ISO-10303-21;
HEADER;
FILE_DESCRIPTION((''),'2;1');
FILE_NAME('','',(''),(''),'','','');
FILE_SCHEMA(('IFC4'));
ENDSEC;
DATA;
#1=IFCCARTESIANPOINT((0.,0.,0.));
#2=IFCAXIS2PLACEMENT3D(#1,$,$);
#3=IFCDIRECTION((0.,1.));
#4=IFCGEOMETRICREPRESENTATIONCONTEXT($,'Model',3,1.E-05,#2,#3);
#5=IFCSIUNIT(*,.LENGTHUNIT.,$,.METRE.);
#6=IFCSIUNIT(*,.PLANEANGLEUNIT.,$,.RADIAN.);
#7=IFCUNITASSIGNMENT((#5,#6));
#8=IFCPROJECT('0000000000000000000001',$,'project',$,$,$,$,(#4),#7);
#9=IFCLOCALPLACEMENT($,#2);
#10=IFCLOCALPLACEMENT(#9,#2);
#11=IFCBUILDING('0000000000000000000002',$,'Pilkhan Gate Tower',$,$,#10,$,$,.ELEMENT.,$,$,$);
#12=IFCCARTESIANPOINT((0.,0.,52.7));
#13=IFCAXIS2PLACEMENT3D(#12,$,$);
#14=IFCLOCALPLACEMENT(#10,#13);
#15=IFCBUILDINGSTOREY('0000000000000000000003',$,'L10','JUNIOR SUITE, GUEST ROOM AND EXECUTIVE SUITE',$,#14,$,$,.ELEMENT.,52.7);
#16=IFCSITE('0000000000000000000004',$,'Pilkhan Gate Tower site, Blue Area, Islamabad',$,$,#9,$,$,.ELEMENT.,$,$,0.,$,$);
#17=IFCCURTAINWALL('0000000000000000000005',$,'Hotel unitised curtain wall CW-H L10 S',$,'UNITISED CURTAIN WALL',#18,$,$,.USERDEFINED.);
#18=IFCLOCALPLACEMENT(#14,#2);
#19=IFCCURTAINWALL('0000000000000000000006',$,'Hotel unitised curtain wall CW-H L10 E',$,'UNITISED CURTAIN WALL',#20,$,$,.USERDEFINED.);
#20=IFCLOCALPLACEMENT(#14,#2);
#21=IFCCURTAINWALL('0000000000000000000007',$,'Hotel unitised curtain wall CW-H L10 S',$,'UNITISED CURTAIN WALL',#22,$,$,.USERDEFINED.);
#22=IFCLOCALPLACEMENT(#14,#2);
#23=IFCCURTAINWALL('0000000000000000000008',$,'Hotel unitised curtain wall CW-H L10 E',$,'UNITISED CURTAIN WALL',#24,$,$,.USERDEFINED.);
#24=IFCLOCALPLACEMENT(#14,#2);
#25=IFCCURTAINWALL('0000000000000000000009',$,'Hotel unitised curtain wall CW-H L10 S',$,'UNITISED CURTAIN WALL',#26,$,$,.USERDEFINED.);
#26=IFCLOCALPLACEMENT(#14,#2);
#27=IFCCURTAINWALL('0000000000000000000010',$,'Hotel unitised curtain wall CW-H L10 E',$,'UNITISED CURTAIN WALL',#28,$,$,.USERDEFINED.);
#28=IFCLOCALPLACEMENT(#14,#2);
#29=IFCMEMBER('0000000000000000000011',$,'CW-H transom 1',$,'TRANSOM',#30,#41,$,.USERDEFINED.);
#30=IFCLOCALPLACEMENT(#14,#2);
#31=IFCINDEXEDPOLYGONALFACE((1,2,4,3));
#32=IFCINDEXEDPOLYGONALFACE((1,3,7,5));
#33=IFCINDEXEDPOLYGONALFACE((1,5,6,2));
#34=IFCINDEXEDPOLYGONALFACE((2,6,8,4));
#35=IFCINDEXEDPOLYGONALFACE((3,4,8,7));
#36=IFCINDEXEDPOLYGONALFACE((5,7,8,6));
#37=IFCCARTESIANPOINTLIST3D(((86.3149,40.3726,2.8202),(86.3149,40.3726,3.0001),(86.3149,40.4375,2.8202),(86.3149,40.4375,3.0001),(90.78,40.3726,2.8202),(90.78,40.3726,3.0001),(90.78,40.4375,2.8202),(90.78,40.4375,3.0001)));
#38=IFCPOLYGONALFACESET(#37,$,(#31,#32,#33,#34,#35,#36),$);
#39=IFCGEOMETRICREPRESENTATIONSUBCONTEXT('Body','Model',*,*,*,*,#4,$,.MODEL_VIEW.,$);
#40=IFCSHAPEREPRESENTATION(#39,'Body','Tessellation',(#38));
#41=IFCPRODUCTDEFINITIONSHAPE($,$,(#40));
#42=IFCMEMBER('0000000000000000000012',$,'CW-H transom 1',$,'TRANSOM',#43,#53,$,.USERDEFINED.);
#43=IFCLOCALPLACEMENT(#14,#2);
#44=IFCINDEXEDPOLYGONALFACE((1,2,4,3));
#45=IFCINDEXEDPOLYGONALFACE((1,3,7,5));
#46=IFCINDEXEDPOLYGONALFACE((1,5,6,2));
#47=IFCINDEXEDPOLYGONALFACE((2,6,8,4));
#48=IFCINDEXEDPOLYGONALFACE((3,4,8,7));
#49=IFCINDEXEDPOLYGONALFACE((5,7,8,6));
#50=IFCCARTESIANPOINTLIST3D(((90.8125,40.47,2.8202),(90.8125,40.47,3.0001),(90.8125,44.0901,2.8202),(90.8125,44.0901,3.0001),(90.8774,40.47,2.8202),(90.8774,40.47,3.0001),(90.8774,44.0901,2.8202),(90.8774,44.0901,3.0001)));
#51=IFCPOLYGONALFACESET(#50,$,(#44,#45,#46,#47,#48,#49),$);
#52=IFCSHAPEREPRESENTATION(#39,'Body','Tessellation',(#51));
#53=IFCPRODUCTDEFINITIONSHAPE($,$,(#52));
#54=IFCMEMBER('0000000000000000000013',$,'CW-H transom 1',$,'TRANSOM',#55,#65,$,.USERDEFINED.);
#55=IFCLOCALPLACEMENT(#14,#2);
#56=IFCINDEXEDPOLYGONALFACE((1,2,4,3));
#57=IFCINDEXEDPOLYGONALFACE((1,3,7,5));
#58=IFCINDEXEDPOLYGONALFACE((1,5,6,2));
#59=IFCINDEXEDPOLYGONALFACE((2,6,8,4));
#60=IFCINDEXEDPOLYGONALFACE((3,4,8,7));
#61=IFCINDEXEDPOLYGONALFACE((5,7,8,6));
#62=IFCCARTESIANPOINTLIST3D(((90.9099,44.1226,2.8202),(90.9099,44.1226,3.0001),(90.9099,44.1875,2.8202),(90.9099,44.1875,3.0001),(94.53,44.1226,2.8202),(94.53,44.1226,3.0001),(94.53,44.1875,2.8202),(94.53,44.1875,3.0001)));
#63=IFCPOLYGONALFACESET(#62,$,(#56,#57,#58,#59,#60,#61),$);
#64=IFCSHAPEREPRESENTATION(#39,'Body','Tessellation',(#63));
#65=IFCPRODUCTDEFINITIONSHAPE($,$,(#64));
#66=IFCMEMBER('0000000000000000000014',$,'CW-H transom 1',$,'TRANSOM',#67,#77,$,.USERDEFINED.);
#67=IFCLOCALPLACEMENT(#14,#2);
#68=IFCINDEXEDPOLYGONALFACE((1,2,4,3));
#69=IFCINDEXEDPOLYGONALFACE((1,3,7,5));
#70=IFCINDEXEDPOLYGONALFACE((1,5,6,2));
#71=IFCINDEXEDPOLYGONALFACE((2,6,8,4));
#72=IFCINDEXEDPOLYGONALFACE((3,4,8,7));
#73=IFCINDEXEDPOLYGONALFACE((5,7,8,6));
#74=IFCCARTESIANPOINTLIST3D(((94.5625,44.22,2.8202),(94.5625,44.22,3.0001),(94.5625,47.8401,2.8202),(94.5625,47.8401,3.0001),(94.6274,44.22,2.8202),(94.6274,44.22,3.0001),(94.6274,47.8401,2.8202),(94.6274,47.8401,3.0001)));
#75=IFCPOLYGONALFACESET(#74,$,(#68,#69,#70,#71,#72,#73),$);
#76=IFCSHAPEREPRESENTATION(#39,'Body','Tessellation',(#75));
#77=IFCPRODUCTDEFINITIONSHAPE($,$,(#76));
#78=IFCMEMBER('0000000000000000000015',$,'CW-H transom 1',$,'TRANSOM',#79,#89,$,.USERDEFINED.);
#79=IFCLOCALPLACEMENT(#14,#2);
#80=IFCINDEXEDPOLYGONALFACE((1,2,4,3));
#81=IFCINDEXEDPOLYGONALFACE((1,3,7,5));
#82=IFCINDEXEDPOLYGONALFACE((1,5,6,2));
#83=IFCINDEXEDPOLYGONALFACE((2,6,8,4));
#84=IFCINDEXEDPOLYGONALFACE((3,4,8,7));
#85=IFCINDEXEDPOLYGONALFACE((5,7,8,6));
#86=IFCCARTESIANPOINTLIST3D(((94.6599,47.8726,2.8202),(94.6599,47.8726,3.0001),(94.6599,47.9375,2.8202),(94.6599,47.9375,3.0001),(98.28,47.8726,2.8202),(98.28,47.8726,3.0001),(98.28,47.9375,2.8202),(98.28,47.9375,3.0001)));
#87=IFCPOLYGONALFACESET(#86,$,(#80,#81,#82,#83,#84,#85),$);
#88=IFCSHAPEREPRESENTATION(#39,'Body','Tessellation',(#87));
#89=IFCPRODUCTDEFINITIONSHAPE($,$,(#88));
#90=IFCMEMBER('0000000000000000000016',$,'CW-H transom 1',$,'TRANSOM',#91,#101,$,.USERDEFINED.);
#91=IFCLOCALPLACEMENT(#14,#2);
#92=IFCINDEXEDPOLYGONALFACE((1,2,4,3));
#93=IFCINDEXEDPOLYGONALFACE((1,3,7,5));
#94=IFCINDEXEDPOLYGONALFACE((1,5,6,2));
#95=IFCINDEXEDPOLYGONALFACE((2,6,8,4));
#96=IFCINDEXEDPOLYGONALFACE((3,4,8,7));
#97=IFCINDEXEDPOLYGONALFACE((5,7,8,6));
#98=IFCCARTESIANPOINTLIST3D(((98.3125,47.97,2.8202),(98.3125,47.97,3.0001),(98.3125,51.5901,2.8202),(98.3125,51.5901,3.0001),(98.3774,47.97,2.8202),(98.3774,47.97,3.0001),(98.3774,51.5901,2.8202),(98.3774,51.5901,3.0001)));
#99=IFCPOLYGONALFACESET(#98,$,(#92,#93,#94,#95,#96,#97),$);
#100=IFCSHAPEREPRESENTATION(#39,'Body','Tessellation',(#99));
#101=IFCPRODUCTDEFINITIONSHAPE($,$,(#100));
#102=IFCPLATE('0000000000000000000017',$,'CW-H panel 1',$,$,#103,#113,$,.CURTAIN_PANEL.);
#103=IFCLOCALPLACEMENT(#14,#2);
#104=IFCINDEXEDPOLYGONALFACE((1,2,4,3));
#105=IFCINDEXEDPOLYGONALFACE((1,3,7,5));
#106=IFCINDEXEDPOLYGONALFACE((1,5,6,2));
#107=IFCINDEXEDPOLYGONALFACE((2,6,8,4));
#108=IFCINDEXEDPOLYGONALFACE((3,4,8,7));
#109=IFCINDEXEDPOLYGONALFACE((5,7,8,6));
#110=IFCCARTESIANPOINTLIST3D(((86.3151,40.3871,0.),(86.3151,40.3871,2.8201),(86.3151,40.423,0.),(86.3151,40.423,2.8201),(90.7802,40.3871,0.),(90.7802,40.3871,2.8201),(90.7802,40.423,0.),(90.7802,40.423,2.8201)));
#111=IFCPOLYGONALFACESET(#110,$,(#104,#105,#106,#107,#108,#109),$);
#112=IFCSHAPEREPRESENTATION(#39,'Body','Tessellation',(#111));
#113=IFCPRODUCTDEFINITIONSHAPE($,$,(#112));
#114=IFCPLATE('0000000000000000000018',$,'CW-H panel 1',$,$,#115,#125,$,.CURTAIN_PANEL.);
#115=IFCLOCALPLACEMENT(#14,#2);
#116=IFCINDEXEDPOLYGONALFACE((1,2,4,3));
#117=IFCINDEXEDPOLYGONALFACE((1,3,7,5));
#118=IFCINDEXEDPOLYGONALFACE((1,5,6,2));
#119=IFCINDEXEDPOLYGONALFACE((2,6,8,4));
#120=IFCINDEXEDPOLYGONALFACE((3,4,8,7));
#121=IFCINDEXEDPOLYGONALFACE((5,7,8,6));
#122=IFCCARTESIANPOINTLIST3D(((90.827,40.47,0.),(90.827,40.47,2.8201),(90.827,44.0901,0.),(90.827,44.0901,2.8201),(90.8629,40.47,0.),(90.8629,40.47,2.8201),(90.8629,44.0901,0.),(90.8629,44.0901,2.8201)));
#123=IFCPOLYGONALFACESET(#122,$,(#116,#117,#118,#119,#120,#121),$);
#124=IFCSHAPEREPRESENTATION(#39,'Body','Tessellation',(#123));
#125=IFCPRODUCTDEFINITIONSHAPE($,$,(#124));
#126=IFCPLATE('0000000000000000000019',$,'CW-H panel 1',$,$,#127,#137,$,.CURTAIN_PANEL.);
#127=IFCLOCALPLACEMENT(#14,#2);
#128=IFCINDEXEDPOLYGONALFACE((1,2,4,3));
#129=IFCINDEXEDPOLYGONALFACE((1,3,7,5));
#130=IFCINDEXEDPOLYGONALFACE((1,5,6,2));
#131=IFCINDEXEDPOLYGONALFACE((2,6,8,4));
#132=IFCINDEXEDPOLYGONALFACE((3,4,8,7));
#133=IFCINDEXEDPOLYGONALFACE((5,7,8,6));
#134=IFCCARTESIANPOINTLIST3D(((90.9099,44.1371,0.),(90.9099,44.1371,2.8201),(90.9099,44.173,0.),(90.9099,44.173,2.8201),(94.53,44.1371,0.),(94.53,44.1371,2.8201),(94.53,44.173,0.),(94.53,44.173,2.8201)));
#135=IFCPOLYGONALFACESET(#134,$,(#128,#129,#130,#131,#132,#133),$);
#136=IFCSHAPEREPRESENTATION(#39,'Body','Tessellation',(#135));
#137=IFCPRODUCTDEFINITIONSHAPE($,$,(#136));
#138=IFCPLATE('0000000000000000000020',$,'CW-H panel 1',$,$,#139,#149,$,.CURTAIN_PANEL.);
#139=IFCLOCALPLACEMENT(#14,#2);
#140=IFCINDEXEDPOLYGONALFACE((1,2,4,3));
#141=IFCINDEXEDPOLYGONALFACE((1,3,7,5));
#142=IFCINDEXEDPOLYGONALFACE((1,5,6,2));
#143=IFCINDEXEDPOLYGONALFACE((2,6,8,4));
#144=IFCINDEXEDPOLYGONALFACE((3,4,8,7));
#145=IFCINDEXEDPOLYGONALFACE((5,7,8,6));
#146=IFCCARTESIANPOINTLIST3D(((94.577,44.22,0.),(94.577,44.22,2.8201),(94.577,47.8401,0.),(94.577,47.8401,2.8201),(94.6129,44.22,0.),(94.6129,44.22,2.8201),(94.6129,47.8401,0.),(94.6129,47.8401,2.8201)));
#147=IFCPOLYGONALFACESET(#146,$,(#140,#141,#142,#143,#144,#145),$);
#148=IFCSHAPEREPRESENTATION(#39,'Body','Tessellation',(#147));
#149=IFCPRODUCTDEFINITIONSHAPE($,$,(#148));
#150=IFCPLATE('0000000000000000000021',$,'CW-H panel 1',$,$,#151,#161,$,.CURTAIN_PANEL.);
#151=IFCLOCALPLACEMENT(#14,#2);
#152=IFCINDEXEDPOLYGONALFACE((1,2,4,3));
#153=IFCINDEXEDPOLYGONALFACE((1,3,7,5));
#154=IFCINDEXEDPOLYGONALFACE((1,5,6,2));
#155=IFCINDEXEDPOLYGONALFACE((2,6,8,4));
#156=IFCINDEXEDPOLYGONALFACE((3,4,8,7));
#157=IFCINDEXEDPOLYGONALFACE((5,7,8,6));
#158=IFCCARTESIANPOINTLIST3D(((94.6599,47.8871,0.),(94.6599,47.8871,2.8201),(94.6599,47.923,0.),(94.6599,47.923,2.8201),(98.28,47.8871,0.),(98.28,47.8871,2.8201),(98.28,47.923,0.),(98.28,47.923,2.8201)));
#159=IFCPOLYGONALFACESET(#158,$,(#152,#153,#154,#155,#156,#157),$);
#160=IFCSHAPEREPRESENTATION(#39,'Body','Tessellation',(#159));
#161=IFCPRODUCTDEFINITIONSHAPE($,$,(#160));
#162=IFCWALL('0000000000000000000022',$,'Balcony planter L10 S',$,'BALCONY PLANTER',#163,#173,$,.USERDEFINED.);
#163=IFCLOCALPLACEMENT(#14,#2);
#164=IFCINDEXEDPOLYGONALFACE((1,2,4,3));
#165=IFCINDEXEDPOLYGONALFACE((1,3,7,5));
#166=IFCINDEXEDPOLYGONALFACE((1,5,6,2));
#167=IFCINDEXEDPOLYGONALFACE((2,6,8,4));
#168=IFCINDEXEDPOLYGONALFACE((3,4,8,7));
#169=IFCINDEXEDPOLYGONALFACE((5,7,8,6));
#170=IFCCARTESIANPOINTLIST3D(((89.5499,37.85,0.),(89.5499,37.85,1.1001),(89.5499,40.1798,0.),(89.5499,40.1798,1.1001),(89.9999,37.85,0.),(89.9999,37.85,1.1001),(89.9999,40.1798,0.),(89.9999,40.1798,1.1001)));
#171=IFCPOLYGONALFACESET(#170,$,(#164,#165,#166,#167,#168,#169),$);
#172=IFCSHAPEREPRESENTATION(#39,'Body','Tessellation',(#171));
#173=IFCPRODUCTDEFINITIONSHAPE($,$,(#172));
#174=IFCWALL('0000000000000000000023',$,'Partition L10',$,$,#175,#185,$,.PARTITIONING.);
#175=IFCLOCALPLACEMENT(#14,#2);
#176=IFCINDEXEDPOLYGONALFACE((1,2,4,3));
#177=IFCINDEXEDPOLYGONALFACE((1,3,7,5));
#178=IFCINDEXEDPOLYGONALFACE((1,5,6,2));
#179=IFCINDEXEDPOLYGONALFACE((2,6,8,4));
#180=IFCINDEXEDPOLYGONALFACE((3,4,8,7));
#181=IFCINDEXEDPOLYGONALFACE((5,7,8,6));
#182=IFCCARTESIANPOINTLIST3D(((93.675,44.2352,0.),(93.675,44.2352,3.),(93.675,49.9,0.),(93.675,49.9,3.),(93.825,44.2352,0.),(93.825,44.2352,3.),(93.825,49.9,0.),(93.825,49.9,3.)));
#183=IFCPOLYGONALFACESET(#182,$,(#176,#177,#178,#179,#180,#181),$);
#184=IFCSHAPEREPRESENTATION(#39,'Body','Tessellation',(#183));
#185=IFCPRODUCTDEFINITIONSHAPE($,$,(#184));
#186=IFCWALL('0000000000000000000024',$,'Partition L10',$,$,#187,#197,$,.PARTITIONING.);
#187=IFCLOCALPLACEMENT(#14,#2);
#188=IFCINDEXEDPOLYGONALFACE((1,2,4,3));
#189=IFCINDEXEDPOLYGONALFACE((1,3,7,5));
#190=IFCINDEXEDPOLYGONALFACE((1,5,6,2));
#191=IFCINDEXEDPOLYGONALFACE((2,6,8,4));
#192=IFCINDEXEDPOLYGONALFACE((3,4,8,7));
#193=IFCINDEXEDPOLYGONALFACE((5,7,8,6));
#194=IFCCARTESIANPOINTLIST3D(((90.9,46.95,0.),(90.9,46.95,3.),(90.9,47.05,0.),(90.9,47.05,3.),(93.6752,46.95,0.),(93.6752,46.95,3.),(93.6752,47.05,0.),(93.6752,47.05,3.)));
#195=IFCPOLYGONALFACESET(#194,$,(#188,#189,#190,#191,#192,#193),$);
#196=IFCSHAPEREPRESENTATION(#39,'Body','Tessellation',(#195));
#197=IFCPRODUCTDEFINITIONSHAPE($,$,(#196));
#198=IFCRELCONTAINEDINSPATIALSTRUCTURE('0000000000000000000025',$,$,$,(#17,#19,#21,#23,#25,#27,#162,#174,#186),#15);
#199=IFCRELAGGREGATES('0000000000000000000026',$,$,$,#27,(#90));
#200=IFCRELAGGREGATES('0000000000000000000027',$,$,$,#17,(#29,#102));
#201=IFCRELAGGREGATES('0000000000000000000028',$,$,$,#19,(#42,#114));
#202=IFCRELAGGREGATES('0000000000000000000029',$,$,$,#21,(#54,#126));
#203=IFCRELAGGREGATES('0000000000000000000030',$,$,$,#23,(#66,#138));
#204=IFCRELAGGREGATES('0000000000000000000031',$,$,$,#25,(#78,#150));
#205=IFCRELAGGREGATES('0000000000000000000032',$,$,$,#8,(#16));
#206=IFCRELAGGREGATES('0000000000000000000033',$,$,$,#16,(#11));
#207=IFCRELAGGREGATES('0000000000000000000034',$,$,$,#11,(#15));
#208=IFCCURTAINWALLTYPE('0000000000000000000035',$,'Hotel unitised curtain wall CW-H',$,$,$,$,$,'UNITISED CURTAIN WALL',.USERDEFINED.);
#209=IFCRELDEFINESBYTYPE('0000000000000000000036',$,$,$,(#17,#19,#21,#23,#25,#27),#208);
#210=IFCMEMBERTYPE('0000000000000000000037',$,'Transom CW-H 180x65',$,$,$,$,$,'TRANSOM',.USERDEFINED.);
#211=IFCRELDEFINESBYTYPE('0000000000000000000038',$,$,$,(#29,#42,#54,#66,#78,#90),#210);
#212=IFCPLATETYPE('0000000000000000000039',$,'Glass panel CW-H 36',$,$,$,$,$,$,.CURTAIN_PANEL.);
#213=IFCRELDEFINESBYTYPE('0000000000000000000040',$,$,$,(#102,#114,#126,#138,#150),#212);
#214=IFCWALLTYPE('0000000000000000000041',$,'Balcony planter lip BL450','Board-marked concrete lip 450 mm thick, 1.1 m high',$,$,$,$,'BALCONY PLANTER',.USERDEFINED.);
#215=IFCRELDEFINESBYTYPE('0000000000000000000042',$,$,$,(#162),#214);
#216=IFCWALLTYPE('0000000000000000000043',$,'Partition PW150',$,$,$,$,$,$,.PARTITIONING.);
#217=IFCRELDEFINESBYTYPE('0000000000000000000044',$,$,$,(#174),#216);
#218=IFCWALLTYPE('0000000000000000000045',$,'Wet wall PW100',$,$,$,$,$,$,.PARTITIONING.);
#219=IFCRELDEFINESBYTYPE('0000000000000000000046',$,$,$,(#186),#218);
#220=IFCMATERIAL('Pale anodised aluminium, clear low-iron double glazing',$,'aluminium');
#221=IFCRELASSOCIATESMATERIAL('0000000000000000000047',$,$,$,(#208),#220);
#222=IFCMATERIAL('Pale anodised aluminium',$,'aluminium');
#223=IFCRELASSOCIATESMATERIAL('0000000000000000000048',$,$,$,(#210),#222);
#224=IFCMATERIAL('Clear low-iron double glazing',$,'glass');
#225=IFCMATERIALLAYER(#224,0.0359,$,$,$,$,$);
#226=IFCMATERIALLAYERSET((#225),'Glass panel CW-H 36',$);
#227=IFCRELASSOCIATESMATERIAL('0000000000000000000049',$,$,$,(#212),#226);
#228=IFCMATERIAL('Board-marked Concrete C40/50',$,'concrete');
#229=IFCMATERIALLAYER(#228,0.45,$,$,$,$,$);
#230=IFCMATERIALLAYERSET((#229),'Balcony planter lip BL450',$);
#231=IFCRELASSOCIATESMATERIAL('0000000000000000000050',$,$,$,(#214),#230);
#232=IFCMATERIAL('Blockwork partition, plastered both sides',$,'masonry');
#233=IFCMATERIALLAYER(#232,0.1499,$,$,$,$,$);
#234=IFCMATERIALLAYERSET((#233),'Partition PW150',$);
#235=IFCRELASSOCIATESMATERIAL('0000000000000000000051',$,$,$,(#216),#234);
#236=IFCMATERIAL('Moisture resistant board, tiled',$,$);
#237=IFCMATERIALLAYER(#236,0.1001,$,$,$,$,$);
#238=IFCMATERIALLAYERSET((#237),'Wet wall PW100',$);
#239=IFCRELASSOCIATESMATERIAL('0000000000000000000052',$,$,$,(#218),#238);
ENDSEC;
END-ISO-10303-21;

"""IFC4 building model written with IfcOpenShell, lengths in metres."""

from ifc_helpers import new_model, si_unit, direction, frame, frame_2d, origin, origin_2d, place, context, subcontext, project, spatial, rectangle, extrude, material, layer, layer_set, material_profile, profile_set, type_object, element, aggregate, save


model = new_model("IFC4")

# Units and contexts
model_context = context("Model", 3, precision=1e-05, world=origin(), true_north=direction((0.0, 1.0)))
body_context = subcontext(model_context, "Body", "Model", "MODEL_VIEW")
ifc_project = project(units=[si_unit("LENGTHUNIT", "METRE"), si_unit("PLANEANGLEUNIT", "RADIAN")], contexts=[model_context])

# Site, building, storey
site_placement = place(None, origin())
site = spatial("IfcSite", under=ifc_project, at=site_placement, Name="Pilkhan Gate Tower site, Blue Area, Islamabad", CompositionType="ELEMENT", RefElevation=0.0)
building_placement = place(site_placement, origin())
building = spatial("IfcBuilding", under=site, at=building_placement, Name="Pilkhan Gate Tower", CompositionType="ELEMENT")
storey_placement = place(building_placement, frame((0.0, 0.0, 52.7)))
storey = spatial("IfcBuildingStorey", under=building, at=storey_placement, Name="L10", Description="JUNIOR SUITE, GUEST ROOM AND EXECUTIVE SUITE", CompositionType="ELEMENT", Elevation=52.7)

# Curtain wall
ifc_material_1 = material(Name="Pale anodised aluminium, clear low-iron double glazing", Category="aluminium")
curtain_wall_type = type_object("IfcCurtainWallType", Name="Hotel unitised curtain wall CW-H", ElementType="UNITISED CURTAIN WALL", PredefinedType="USERDEFINED", material=ifc_material_1)
curtain_wall_1_placement = place(storey_placement, origin())
curtain_wall_1 = element("IfcCurtainWall", 1, at=curtain_wall_1_placement, inside=storey, type_object=curtain_wall_type, Name="Hotel unitised curtain wall CW-H L10 S", ObjectType="UNITISED CURTAIN WALL", PredefinedType="USERDEFINED")
ifc_material_2 = material(Name="Pale anodised aluminium", Category="aluminium")

# Curtain walls
curtain_wall_2_placement = place(storey_placement, origin())
curtain_wall_2 = element("IfcCurtainWall", 2, at=curtain_wall_2_placement, inside=storey, type_object=curtain_wall_type, Name="Hotel unitised curtain wall CW-H L10 E", ObjectType="UNITISED CURTAIN WALL", PredefinedType="USERDEFINED")
curtain_wall_3_placement = place(storey_placement, origin())
curtain_wall_3 = element("IfcCurtainWall", 3, at=curtain_wall_3_placement, inside=storey, type_object=curtain_wall_type, Name="Hotel unitised curtain wall CW-H L10 S", ObjectType="UNITISED CURTAIN WALL", PredefinedType="USERDEFINED")
curtain_wall_4_placement = place(storey_placement, origin())
curtain_wall_4 = element("IfcCurtainWall", 4, at=curtain_wall_4_placement, inside=storey, type_object=curtain_wall_type, Name="Hotel unitised curtain wall CW-H L10 E", ObjectType="UNITISED CURTAIN WALL", PredefinedType="USERDEFINED")
curtain_wall_5_placement = place(storey_placement, origin())
curtain_wall_5 = element("IfcCurtainWall", 5, at=curtain_wall_5_placement, inside=storey, type_object=curtain_wall_type, Name="Hotel unitised curtain wall CW-H L10 S", ObjectType="UNITISED CURTAIN WALL", PredefinedType="USERDEFINED")

# Curtain wall
curtain_wall_6_placement = place(storey_placement, origin())
curtain_wall_6 = element("IfcCurtainWall", 6, at=curtain_wall_6_placement, inside=storey, type_object=curtain_wall_type, Name="Hotel unitised curtain wall CW-H L10 E", ObjectType="UNITISED CURTAIN WALL", PredefinedType="USERDEFINED")

# Members
ifc_material_profile_1 = material_profile(ifc_material_2, rectangle(XDim=0.0649, YDim=0.1799, at=origin_2d()), Name="Transom 180x65")
ifc_profile_set_1 = profile_set([ifc_material_profile_1], Name="Pale anodised aluminium")
member_type_1 = type_object("IfcMemberType", Name="Transom CW-H 180x65", ElementType="TRANSOM", PredefinedType="USERDEFINED", material=ifc_profile_set_1)
member_1_placement = place(storey_placement, frame((86.3149, 40.405, 2.9102), z_axis=(1.0, 0.0, 0.0), x_axis=(0.0, 1.0, 0.0)))
member_1 = element("IfcMember", 7, at=member_1_placement, type_object=member_type_1, Name="CW-H transom 1", ObjectType="TRANSOM", PredefinedType="USERDEFINED", context=body_context, shape_type="SweptSolid", body=[
    extrude(rectangle(XDim=0.0649, YDim=0.1799, at=origin_2d()), origin(), (0.0, 0.0, 1.0), 4.4651),
])
member_2_placement = place(storey_placement, frame((90.845, 40.47, 2.9102), z_axis=(0.0, 1.0, 0.0), x_axis=(-1.0, 0.0, 0.0)))
member_2 = element("IfcMember", 8, at=member_2_placement, type_object=member_type_1, Name="CW-H transom 1", ObjectType="TRANSOM", PredefinedType="USERDEFINED", context=body_context, shape_type="SweptSolid", body=[
    extrude(rectangle(XDim=0.0649, YDim=0.1799, at=origin_2d()), origin(), (0.0, 0.0, 1.0), 3.6201),
])
member_3_placement = place(storey_placement, frame((90.9099, 44.155, 2.9102), z_axis=(1.0, 0.0, 0.0), x_axis=(0.0, 1.0, 0.0)))
member_3 = element("IfcMember", 9, at=member_3_placement, type_object=member_type_1, Name="CW-H transom 1", ObjectType="TRANSOM", PredefinedType="USERDEFINED", context=body_context, shape_type="SweptSolid", body=[
    extrude(rectangle(XDim=0.0649, YDim=0.1799, at=origin_2d()), origin(), (0.0, 0.0, 1.0), 3.6201),
])
member_4_placement = place(storey_placement, frame((94.595, 44.22, 2.9102), z_axis=(0.0, 1.0, 0.0), x_axis=(-1.0, 0.0, 0.0)))
member_4 = element("IfcMember", 10, at=member_4_placement, type_object=member_type_1, Name="CW-H transom 1", ObjectType="TRANSOM", PredefinedType="USERDEFINED", context=body_context, shape_type="SweptSolid", body=[
    extrude(rectangle(XDim=0.0649, YDim=0.1799, at=origin_2d()), origin(), (0.0, 0.0, 1.0), 3.6201),
])
member_5_placement = place(storey_placement, frame((94.6599, 47.905, 2.9102), z_axis=(1.0, 0.0, 0.0), x_axis=(0.0, 1.0, 0.0)))
member_5 = element("IfcMember", 11, at=member_5_placement, type_object=member_type_1, Name="CW-H transom 1", ObjectType="TRANSOM", PredefinedType="USERDEFINED", context=body_context, shape_type="SweptSolid", body=[
    extrude(rectangle(XDim=0.0649, YDim=0.1799, at=origin_2d()), origin(), (0.0, 0.0, 1.0), 3.6201),
])
member_6_placement = place(storey_placement, frame((98.345, 47.97, 2.9102), z_axis=(0.0, 1.0, 0.0), x_axis=(-1.0, 0.0, 0.0)))
member_6 = element("IfcMember", 12, at=member_6_placement, type_object=member_type_1, Name="CW-H transom 1", ObjectType="TRANSOM", PredefinedType="USERDEFINED", context=body_context, shape_type="SweptSolid", body=[
    extrude(rectangle(XDim=0.0649, YDim=0.1799, at=origin_2d()), origin(), (0.0, 0.0, 1.0), 3.6201),
])
aggregate(curtain_wall_6, [member_6])

# Plates
ifc_material_3 = material(Name="Clear low-iron double glazing", Category="glass")
ifc_layer_1 = layer(ifc_material_3, 0.0359)
ifc_layer_set_1 = layer_set([ifc_layer_1], Name="Glass panel CW-H 36")
plate_type = type_object("IfcPlateType", Name="Glass panel CW-H 36", PredefinedType="CURTAIN_PANEL", material=ifc_layer_set_1)
plate_1_placement = place(storey_placement, frame((88.5476, 40.405, 0.0), z_axis=(0.0, 0.0, 1.0), x_axis=(1.0, 0.0, 0.0)))
plate_1 = element("IfcPlate", 13, at=plate_1_placement, type_object=plate_type, Name="CW-H panel 1", PredefinedType="CURTAIN_PANEL", context=body_context, shape_type="SweptSolid", body=[
    extrude(rectangle(XDim=4.4651, YDim=0.0359, at=origin_2d()), origin(), (0.0, 0.0, 1.0), 2.8201),
])
aggregate(curtain_wall_1, [member_1, plate_1])
plate_2_placement = place(storey_placement, frame((90.845, 42.28, 0.0), z_axis=(0.0, 0.0, 1.0), x_axis=(0.0, 1.0, 0.0)))
plate_2 = element("IfcPlate", 14, at=plate_2_placement, type_object=plate_type, Name="CW-H panel 1", PredefinedType="CURTAIN_PANEL", context=body_context, shape_type="SweptSolid", body=[
    extrude(rectangle(XDim=3.6201, YDim=0.0359, at=origin_2d()), origin(), (0.0, 0.0, 1.0), 2.8201),
])
aggregate(curtain_wall_2, [member_2, plate_2])
plate_3_placement = place(storey_placement, frame((92.72, 44.155, 0.0), z_axis=(0.0, 0.0, 1.0), x_axis=(1.0, 0.0, 0.0)))
plate_3 = element("IfcPlate", 15, at=plate_3_placement, type_object=plate_type, Name="CW-H panel 1", PredefinedType="CURTAIN_PANEL", context=body_context, shape_type="SweptSolid", body=[
    extrude(rectangle(XDim=3.6201, YDim=0.0359, at=origin_2d()), origin(), (0.0, 0.0, 1.0), 2.8201),
])
aggregate(curtain_wall_3, [member_3, plate_3])
plate_4_placement = place(storey_placement, frame((94.595, 46.03, 0.0), z_axis=(0.0, 0.0, 1.0), x_axis=(0.0, 1.0, 0.0)))
plate_4 = element("IfcPlate", 16, at=plate_4_placement, type_object=plate_type, Name="CW-H panel 1", PredefinedType="CURTAIN_PANEL", context=body_context, shape_type="SweptSolid", body=[
    extrude(rectangle(XDim=3.6201, YDim=0.0359, at=origin_2d()), origin(), (0.0, 0.0, 1.0), 2.8201),
])
aggregate(curtain_wall_4, [member_4, plate_4])
plate_5_placement = place(storey_placement, frame((96.47, 47.905, 0.0), z_axis=(0.0, 0.0, 1.0), x_axis=(1.0, 0.0, 0.0)))
plate_5 = element("IfcPlate", 17, at=plate_5_placement, type_object=plate_type, Name="CW-H panel 1", PredefinedType="CURTAIN_PANEL", context=body_context, shape_type="SweptSolid", body=[
    extrude(rectangle(XDim=3.6201, YDim=0.0359, at=origin_2d()), origin(), (0.0, 0.0, 1.0), 2.8201),
])
aggregate(curtain_wall_5, [member_5, plate_5])

# Walls
ifc_material_4 = material(Name="Board-marked Concrete C40/50", Category="concrete")
ifc_layer_2 = layer(ifc_material_4, 0.45)
ifc_layer_set_2 = layer_set([ifc_layer_2], Name="Balcony planter lip BL450")
wall_type_1 = type_object("IfcWallType", Name="Balcony planter lip BL450", Description="Board-marked concrete lip 450 mm thick, 1.1 m high", ElementType="BALCONY PLANTER", PredefinedType="USERDEFINED", material=ifc_layer_set_2)
wall_1_placement = place(storey_placement, frame((89.7749, 40.1799, 0.0), z_axis=(0.0, 0.0, 1.0), x_axis=(0.0, -1.0, 0.0)))
element("IfcWall", 18, at=wall_1_placement, inside=storey, type_object=wall_type_1, Name="Balcony planter L10 S", ObjectType="BALCONY PLANTER", PredefinedType="USERDEFINED", context=body_context, shape_type="SweptSolid", body=[
    extrude(rectangle(XDim=2.3298, YDim=0.45, at=frame_2d((1.165, 0.0))), origin(), (0.0, 0.0, 1.0), 1.1001),
])
ifc_material_5 = material(Name="Blockwork partition, plastered both sides", Category="masonry")
ifc_layer_3 = layer(ifc_material_5, 0.1499)
ifc_layer_set_3 = layer_set([ifc_layer_3], Name="Partition PW150")
wall_type_2 = type_object("IfcWallType", Name="Partition PW150", PredefinedType="PARTITIONING", material=ifc_layer_set_3)
wall_2_placement = place(storey_placement, frame((93.75, 44.2351, 0.0), z_axis=(0.0, 0.0, 1.0), x_axis=(0.0, 1.0, 0.0)))
element("IfcWall", 19, at=wall_2_placement, inside=storey, type_object=wall_type_2, Name="Partition L10", PredefinedType="PARTITIONING", context=body_context, shape_type="SweptSolid", body=[
    extrude(rectangle(XDim=5.6648, YDim=0.1499, at=frame_2d((2.8325, 0.0))), origin(), (0.0, 0.0, 1.0), 3.0),
])
ifc_material_6 = material(Name="Moisture resistant board, tiled")
ifc_layer_4 = layer(ifc_material_6, 0.1001)
ifc_layer_set_4 = layer_set([ifc_layer_4], Name="Wet wall PW100")
wall_type_3 = type_object("IfcWallType", Name="Wet wall PW100", PredefinedType="PARTITIONING", material=ifc_layer_set_4)
wall_3_placement = place(storey_placement, frame((90.8999, 47.0, 0.0), z_axis=(0.0, 0.0, 1.0), x_axis=(1.0, 0.0, 0.0)))
element("IfcWall", 20, at=wall_3_placement, inside=storey, type_object=wall_type_3, Name="Partition L10", PredefinedType="PARTITIONING", context=body_context, shape_type="SweptSolid", body=[
    extrude(rectangle(XDim=2.7751, YDim=0.1001, at=frame_2d((1.3877, 0.0))), origin(), (0.0, 0.0, 1.0), 3.0),
])

save(model, "model.ifc")
